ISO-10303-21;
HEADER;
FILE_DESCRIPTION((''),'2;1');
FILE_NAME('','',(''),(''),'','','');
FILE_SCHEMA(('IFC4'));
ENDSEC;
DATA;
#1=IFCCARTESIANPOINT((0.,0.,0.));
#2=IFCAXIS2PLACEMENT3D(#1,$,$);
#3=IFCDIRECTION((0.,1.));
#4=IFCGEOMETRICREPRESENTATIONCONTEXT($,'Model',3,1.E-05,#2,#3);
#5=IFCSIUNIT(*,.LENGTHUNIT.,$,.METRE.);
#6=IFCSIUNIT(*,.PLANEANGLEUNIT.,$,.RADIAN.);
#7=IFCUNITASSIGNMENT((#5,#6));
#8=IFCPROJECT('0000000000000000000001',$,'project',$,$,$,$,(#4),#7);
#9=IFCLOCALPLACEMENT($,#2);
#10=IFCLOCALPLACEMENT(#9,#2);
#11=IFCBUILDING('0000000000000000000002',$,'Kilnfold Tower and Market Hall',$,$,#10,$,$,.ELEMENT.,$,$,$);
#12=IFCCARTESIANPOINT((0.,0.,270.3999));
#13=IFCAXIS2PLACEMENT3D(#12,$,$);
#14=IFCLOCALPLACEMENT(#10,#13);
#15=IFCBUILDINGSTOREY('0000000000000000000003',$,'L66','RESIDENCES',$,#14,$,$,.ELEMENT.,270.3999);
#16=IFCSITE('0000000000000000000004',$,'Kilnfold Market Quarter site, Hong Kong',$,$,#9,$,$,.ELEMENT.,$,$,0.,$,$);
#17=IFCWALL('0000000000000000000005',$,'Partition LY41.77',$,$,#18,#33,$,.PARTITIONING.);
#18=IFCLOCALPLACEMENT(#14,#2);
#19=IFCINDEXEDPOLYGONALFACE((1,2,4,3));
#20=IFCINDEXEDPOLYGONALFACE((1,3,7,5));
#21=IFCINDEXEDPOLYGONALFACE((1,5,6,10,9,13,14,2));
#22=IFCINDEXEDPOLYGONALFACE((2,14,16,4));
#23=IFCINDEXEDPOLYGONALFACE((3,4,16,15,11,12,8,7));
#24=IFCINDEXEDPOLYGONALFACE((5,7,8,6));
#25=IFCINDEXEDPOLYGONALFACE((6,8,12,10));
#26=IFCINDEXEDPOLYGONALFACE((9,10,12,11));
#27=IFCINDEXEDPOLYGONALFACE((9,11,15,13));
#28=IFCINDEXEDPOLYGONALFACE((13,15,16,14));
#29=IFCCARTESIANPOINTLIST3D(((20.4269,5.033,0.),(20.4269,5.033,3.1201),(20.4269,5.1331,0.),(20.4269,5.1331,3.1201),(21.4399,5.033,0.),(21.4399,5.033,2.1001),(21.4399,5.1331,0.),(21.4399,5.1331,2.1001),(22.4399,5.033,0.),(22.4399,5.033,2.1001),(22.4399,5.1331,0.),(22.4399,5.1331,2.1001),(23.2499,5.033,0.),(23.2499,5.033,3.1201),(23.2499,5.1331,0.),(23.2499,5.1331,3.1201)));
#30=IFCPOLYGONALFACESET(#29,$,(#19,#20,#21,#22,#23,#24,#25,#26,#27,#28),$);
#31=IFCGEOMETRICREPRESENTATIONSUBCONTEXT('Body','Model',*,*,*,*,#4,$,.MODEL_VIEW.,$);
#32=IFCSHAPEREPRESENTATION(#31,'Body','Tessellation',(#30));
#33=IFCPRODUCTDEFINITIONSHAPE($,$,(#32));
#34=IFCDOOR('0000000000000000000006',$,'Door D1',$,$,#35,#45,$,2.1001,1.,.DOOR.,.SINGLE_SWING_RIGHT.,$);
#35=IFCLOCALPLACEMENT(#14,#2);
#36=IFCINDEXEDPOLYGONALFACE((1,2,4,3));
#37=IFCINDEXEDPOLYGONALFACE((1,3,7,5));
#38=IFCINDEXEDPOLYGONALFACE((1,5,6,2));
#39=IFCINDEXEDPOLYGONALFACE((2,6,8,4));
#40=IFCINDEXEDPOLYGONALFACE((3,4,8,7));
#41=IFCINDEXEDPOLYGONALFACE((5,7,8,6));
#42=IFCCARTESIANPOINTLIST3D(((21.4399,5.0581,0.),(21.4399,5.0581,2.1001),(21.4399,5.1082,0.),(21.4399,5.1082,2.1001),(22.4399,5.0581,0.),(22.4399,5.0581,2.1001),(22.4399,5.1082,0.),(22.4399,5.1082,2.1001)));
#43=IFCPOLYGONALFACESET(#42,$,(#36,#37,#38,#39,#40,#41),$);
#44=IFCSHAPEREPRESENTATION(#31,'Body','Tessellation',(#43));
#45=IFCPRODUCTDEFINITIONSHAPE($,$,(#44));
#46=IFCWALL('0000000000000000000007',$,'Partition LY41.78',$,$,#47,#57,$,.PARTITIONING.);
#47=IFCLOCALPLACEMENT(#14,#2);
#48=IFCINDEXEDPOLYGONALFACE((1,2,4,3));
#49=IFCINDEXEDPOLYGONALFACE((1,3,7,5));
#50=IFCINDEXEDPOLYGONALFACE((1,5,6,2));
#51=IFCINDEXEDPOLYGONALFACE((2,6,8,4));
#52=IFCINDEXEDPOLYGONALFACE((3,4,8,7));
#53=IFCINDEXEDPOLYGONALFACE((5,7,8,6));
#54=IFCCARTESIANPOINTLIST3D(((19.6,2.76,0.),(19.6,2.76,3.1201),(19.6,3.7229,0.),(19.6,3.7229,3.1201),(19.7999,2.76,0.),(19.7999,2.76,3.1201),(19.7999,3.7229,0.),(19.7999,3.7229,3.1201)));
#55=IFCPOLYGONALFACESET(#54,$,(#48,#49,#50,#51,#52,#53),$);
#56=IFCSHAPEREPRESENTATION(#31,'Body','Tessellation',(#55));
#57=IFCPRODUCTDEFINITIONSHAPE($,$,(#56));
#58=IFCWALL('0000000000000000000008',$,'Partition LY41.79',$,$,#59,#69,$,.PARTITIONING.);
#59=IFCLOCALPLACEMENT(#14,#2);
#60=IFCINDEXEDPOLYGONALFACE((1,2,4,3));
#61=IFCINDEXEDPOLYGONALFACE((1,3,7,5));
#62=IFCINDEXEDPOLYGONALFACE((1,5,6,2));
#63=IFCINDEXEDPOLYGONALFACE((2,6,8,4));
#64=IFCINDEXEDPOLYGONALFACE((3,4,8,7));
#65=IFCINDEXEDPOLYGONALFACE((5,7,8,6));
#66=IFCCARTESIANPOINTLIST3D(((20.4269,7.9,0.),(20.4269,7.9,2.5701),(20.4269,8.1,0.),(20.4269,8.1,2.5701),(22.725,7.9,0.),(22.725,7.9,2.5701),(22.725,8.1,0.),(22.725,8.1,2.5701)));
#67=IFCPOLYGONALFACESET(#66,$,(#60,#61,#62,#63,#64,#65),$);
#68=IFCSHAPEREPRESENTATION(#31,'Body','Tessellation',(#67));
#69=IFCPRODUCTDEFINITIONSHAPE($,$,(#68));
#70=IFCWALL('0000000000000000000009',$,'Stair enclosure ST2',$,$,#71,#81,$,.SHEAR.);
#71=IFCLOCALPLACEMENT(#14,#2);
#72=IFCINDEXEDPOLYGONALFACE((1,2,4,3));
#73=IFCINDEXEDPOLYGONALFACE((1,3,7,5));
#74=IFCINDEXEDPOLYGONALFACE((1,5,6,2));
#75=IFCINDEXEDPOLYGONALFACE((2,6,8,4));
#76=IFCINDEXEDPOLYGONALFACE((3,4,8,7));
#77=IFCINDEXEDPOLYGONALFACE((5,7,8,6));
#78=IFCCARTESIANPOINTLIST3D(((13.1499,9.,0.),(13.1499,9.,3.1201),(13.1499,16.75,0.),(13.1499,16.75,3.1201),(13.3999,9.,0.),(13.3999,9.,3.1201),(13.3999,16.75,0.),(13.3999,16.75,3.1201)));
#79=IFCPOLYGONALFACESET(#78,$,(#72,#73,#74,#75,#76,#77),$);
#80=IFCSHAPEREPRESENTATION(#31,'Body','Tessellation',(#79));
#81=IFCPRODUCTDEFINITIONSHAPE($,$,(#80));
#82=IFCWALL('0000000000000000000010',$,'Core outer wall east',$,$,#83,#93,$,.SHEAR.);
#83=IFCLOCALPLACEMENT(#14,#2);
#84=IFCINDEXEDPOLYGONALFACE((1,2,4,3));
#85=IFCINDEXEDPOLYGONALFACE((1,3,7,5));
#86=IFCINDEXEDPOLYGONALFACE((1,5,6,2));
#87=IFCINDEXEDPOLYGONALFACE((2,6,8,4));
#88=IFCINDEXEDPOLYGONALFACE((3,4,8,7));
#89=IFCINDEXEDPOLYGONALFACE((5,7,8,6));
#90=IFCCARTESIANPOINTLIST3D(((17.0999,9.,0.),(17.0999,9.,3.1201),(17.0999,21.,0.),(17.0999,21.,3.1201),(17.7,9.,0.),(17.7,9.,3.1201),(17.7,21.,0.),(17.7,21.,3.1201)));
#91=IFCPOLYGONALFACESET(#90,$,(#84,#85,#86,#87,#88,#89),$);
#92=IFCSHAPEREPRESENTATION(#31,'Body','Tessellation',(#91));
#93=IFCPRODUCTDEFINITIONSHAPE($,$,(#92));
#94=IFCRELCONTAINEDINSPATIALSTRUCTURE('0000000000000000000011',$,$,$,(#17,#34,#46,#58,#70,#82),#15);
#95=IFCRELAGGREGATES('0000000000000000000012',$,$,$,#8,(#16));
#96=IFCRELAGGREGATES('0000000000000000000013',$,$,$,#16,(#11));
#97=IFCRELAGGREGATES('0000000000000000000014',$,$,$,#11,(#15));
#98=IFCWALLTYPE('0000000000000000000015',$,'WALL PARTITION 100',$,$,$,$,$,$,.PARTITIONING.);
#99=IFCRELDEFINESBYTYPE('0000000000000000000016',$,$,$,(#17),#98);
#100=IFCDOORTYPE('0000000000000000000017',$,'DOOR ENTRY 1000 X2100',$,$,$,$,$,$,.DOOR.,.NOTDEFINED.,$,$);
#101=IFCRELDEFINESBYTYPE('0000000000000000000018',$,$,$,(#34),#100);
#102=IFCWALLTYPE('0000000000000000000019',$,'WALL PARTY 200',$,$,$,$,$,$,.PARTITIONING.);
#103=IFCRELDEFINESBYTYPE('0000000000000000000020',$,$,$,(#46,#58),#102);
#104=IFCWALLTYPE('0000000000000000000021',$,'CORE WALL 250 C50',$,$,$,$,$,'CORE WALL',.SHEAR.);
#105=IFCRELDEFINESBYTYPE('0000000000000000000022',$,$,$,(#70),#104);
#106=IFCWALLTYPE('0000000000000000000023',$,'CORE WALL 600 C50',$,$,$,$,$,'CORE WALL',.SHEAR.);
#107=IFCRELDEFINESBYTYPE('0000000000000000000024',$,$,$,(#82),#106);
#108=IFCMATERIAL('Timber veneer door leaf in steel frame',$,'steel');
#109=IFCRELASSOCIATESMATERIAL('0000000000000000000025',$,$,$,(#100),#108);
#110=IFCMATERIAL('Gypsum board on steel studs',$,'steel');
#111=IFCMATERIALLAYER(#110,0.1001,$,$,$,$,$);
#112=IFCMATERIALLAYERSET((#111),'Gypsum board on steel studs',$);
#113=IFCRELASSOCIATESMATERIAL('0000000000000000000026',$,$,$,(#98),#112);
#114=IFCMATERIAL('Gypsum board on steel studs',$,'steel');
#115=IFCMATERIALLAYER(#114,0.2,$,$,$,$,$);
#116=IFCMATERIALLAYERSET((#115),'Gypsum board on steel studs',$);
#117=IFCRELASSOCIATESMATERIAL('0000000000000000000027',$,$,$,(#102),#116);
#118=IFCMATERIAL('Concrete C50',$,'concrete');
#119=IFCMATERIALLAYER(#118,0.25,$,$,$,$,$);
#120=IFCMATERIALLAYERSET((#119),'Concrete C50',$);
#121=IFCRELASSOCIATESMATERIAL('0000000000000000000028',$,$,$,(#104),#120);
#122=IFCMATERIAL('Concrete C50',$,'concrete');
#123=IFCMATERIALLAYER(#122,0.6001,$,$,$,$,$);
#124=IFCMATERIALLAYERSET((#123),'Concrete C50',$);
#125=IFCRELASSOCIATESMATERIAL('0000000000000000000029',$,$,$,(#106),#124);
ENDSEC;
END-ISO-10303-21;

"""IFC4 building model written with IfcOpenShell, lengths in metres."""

from ifc_helpers import new_model, si_unit, direction, frame, frame_2d, origin, place, context, subcontext, project, spatial, rectangle, extrude, source, transform, mapped, material, layer, layer_set, type_object, element, fill, save


model = new_model("IFC4")

# Units and contexts
model_context = context("Model", 3, precision=1e-05, world=origin(), true_north=direction((0.0, 1.0)))
body_context = subcontext(model_context, "Body", "Model", "MODEL_VIEW")
ifc_project = project(units=[si_unit("LENGTHUNIT", "METRE"), si_unit("PLANEANGLEUNIT", "RADIAN")], contexts=[model_context])

# Site, building, storey
site_placement = place(None, origin())
site = spatial("IfcSite", under=ifc_project, at=site_placement, Name="Kilnfold Market Quarter site, Hong Kong", CompositionType="ELEMENT", RefElevation=0.0)
building_placement = place(site_placement, origin())
building = spatial("IfcBuilding", under=site, at=building_placement, Name="Kilnfold Tower and Market Hall", CompositionType="ELEMENT")
storey_placement = place(building_placement, frame((0.0, 0.0, 270.3999)))
storey = spatial("IfcBuildingStorey", under=building, at=storey_placement, Name="L66", Description="RESIDENCES", CompositionType="ELEMENT", Elevation=270.3999)

# Wall, opening, door
ifc_material_1 = material(Name="Timber veneer door leaf in steel frame", Category="steel")
door_type_1 = type_object("IfcDoorType", Name="DOOR ENTRY 1000 X2100", OperationType="NOTDEFINED", PredefinedType="DOOR", material=ifc_material_1)
ifc_material_2 = material(Name="Gypsum board on steel studs", Category="steel")
ifc_layer_1 = layer(ifc_material_2, 0.1001)
ifc_layer_set_1 = layer_set([ifc_layer_1], Name="Gypsum board on steel studs")
wall_type_1 = type_object("IfcWallType", Name="WALL PARTITION 100", PredefinedType="PARTITIONING", material=ifc_layer_set_1)
wall_1_placement = place(storey_placement, frame((23.25, 5.083, 0.0), z_axis=(0.0, 0.0, 1.0), x_axis=(-1.0, 0.0, 0.0)))
wall_1 = element("IfcWall", 1, at=wall_1_placement, inside=storey, type_object=wall_type_1, Name="Partition LY41.77", PredefinedType="PARTITIONING", context=body_context, shape_type="SweptSolid", body=[
    extrude(rectangle(XDim=2.823, YDim=0.1001, at=frame_2d((1.4116, 0.0))), origin(), (0.0, 0.0, 1.0), 3.1201),
])
opening_1_placement = place(wall_1_placement, frame((0.8101, 0.0, 0.0)))
opening_1 = element("IfcOpeningElement", 2, at=opening_1_placement, cuts=wall_1, PredefinedType="OPENING", context=body_context, shape_type="SweptSolid", body=[
    extrude(rectangle(XDim=1.0, YDim=2.1001, at=frame_2d((0.5, 1.05))), frame((0.0, 0.0601, 0.0), z_axis=(0.0, -1.0, 0.0), x_axis=(1.0, 0.0, 0.0)), (0.0, 0.0, 1.0), 0.1201),
])
door_1_placement = place(opening_1_placement, origin())
door_1 = element("IfcDoor", 3, at=door_1_placement, inside=storey, type_object=door_type_1, Name="Door D1", OperationType="SINGLE_SWING_RIGHT", OverallHeight=2.1001, OverallWidth=1.0, PredefinedType="DOOR", context=body_context, shape_type="SweptSolid", body=[
    extrude(rectangle(XDim=1.0, YDim=2.1001, at=frame_2d((0.5, 1.05))), frame((0.0, 0.0249, 0.0), z_axis=(0.0, -1.0, 0.0), x_axis=(1.0, 0.0, 0.0)), (0.0, 0.0, 1.0), 0.05),
])
fill(opening_1, door_1)

# Walls
ifc_material_3 = material(Name="Gypsum board on steel studs", Category="steel")
ifc_layer_2 = layer(ifc_material_3, 0.2)
ifc_layer_set_2 = layer_set([ifc_layer_2], Name="Gypsum board on steel studs")
wall_type_2 = type_object("IfcWallType", Name="WALL PARTY 200", PredefinedType="PARTITIONING", material=ifc_layer_set_2)
wall_2_placement = place(storey_placement, frame((19.7, 2.76, 0.0), z_axis=(0.0, 0.0, 1.0), x_axis=(0.0, 1.0, 0.0)))
element("IfcWall", 4, at=wall_2_placement, inside=storey, type_object=wall_type_2, Name="Partition LY41.78", PredefinedType="PARTITIONING", context=body_context, shape_type="SweptSolid", body=[
    extrude(rectangle(XDim=0.9629, YDim=0.2, at=frame_2d((0.4814, 0.0))), origin(), (0.0, 0.0, 1.0), 3.1201),
])
wall_3_placement = place(storey_placement, frame((20.427, 8.0, 0.0), z_axis=(0.0, 0.0, 1.0), x_axis=(1.0, 0.0, 0.0)))
element("IfcWall", 5, at=wall_3_placement, inside=storey, type_object=wall_type_2, Name="Partition LY41.79", PredefinedType="PARTITIONING", context=body_context, shape_type="SweptSolid", body=[
    extrude(rectangle(XDim=2.2981, YDim=0.2, at=frame_2d((1.1489, 0.0))), origin(), (0.0, 0.0, 1.0), 2.5701),
])
ifc_material_4 = material(Name="Concrete C50", Category="concrete")
ifc_layer_3 = layer(ifc_material_4, 0.25)
ifc_layer_set_3 = layer_set([ifc_layer_3], Name="Concrete C50")
wall_type_3 = type_object("IfcWallType", Name="CORE WALL 250 C50", ElementType="CORE WALL", PredefinedType="SHEAR", material=ifc_layer_set_3)
shared_shape_1 = source(origin(), body_context, "Body", "SweptSolid", [
    extrude(rectangle(XDim=7.75, YDim=0.25, at=frame_2d((3.875, 0.0))), origin(), (0.0, 0.0, 1.0), 3.1201),
])
wall_4_placement = place(storey_placement, frame((13.2749, 9.0, 0.0), z_axis=(0.0, 0.0, 1.0), x_axis=(0.0, 1.0, 0.0)))
element("IfcWall", 6, at=wall_4_placement, inside=storey, type_object=wall_type_3, Name="Stair enclosure ST2", PredefinedType="SHEAR", context=body_context, shape_type="MappedRepresentation", body=[
    mapped(shared_shape_1, transform((0.0, 0.0, 0.0))),
])
ifc_material_5 = material(Name="Concrete C50", Category="concrete")
ifc_layer_4 = layer(ifc_material_5, 0.6001)
ifc_layer_set_4 = layer_set([ifc_layer_4], Name="Concrete C50")
wall_type_4 = type_object("IfcWallType", Name="CORE WALL 600 C50", ElementType="CORE WALL", PredefinedType="SHEAR", material=ifc_layer_set_4)
shared_shape_2 = source(origin(), body_context, "Body", "SweptSolid", [
    extrude(rectangle(XDim=12.0, YDim=0.6001, at=frame_2d((6.0, 0.0))), origin(), (0.0, 0.0, 1.0), 3.1201),
])
wall_5_placement = place(storey_placement, frame((17.3999, 9.0, 0.0), z_axis=(0.0, 0.0, 1.0), x_axis=(0.0, 1.0, 0.0)))
element("IfcWall", 7, at=wall_5_placement, inside=storey, type_object=wall_type_4, Name="Core outer wall east", PredefinedType="SHEAR", context=body_context, shape_type="MappedRepresentation", body=[
    mapped(shared_shape_2, transform((0.0, 0.0, 0.0))),
])

save(model, "model.ifc")
